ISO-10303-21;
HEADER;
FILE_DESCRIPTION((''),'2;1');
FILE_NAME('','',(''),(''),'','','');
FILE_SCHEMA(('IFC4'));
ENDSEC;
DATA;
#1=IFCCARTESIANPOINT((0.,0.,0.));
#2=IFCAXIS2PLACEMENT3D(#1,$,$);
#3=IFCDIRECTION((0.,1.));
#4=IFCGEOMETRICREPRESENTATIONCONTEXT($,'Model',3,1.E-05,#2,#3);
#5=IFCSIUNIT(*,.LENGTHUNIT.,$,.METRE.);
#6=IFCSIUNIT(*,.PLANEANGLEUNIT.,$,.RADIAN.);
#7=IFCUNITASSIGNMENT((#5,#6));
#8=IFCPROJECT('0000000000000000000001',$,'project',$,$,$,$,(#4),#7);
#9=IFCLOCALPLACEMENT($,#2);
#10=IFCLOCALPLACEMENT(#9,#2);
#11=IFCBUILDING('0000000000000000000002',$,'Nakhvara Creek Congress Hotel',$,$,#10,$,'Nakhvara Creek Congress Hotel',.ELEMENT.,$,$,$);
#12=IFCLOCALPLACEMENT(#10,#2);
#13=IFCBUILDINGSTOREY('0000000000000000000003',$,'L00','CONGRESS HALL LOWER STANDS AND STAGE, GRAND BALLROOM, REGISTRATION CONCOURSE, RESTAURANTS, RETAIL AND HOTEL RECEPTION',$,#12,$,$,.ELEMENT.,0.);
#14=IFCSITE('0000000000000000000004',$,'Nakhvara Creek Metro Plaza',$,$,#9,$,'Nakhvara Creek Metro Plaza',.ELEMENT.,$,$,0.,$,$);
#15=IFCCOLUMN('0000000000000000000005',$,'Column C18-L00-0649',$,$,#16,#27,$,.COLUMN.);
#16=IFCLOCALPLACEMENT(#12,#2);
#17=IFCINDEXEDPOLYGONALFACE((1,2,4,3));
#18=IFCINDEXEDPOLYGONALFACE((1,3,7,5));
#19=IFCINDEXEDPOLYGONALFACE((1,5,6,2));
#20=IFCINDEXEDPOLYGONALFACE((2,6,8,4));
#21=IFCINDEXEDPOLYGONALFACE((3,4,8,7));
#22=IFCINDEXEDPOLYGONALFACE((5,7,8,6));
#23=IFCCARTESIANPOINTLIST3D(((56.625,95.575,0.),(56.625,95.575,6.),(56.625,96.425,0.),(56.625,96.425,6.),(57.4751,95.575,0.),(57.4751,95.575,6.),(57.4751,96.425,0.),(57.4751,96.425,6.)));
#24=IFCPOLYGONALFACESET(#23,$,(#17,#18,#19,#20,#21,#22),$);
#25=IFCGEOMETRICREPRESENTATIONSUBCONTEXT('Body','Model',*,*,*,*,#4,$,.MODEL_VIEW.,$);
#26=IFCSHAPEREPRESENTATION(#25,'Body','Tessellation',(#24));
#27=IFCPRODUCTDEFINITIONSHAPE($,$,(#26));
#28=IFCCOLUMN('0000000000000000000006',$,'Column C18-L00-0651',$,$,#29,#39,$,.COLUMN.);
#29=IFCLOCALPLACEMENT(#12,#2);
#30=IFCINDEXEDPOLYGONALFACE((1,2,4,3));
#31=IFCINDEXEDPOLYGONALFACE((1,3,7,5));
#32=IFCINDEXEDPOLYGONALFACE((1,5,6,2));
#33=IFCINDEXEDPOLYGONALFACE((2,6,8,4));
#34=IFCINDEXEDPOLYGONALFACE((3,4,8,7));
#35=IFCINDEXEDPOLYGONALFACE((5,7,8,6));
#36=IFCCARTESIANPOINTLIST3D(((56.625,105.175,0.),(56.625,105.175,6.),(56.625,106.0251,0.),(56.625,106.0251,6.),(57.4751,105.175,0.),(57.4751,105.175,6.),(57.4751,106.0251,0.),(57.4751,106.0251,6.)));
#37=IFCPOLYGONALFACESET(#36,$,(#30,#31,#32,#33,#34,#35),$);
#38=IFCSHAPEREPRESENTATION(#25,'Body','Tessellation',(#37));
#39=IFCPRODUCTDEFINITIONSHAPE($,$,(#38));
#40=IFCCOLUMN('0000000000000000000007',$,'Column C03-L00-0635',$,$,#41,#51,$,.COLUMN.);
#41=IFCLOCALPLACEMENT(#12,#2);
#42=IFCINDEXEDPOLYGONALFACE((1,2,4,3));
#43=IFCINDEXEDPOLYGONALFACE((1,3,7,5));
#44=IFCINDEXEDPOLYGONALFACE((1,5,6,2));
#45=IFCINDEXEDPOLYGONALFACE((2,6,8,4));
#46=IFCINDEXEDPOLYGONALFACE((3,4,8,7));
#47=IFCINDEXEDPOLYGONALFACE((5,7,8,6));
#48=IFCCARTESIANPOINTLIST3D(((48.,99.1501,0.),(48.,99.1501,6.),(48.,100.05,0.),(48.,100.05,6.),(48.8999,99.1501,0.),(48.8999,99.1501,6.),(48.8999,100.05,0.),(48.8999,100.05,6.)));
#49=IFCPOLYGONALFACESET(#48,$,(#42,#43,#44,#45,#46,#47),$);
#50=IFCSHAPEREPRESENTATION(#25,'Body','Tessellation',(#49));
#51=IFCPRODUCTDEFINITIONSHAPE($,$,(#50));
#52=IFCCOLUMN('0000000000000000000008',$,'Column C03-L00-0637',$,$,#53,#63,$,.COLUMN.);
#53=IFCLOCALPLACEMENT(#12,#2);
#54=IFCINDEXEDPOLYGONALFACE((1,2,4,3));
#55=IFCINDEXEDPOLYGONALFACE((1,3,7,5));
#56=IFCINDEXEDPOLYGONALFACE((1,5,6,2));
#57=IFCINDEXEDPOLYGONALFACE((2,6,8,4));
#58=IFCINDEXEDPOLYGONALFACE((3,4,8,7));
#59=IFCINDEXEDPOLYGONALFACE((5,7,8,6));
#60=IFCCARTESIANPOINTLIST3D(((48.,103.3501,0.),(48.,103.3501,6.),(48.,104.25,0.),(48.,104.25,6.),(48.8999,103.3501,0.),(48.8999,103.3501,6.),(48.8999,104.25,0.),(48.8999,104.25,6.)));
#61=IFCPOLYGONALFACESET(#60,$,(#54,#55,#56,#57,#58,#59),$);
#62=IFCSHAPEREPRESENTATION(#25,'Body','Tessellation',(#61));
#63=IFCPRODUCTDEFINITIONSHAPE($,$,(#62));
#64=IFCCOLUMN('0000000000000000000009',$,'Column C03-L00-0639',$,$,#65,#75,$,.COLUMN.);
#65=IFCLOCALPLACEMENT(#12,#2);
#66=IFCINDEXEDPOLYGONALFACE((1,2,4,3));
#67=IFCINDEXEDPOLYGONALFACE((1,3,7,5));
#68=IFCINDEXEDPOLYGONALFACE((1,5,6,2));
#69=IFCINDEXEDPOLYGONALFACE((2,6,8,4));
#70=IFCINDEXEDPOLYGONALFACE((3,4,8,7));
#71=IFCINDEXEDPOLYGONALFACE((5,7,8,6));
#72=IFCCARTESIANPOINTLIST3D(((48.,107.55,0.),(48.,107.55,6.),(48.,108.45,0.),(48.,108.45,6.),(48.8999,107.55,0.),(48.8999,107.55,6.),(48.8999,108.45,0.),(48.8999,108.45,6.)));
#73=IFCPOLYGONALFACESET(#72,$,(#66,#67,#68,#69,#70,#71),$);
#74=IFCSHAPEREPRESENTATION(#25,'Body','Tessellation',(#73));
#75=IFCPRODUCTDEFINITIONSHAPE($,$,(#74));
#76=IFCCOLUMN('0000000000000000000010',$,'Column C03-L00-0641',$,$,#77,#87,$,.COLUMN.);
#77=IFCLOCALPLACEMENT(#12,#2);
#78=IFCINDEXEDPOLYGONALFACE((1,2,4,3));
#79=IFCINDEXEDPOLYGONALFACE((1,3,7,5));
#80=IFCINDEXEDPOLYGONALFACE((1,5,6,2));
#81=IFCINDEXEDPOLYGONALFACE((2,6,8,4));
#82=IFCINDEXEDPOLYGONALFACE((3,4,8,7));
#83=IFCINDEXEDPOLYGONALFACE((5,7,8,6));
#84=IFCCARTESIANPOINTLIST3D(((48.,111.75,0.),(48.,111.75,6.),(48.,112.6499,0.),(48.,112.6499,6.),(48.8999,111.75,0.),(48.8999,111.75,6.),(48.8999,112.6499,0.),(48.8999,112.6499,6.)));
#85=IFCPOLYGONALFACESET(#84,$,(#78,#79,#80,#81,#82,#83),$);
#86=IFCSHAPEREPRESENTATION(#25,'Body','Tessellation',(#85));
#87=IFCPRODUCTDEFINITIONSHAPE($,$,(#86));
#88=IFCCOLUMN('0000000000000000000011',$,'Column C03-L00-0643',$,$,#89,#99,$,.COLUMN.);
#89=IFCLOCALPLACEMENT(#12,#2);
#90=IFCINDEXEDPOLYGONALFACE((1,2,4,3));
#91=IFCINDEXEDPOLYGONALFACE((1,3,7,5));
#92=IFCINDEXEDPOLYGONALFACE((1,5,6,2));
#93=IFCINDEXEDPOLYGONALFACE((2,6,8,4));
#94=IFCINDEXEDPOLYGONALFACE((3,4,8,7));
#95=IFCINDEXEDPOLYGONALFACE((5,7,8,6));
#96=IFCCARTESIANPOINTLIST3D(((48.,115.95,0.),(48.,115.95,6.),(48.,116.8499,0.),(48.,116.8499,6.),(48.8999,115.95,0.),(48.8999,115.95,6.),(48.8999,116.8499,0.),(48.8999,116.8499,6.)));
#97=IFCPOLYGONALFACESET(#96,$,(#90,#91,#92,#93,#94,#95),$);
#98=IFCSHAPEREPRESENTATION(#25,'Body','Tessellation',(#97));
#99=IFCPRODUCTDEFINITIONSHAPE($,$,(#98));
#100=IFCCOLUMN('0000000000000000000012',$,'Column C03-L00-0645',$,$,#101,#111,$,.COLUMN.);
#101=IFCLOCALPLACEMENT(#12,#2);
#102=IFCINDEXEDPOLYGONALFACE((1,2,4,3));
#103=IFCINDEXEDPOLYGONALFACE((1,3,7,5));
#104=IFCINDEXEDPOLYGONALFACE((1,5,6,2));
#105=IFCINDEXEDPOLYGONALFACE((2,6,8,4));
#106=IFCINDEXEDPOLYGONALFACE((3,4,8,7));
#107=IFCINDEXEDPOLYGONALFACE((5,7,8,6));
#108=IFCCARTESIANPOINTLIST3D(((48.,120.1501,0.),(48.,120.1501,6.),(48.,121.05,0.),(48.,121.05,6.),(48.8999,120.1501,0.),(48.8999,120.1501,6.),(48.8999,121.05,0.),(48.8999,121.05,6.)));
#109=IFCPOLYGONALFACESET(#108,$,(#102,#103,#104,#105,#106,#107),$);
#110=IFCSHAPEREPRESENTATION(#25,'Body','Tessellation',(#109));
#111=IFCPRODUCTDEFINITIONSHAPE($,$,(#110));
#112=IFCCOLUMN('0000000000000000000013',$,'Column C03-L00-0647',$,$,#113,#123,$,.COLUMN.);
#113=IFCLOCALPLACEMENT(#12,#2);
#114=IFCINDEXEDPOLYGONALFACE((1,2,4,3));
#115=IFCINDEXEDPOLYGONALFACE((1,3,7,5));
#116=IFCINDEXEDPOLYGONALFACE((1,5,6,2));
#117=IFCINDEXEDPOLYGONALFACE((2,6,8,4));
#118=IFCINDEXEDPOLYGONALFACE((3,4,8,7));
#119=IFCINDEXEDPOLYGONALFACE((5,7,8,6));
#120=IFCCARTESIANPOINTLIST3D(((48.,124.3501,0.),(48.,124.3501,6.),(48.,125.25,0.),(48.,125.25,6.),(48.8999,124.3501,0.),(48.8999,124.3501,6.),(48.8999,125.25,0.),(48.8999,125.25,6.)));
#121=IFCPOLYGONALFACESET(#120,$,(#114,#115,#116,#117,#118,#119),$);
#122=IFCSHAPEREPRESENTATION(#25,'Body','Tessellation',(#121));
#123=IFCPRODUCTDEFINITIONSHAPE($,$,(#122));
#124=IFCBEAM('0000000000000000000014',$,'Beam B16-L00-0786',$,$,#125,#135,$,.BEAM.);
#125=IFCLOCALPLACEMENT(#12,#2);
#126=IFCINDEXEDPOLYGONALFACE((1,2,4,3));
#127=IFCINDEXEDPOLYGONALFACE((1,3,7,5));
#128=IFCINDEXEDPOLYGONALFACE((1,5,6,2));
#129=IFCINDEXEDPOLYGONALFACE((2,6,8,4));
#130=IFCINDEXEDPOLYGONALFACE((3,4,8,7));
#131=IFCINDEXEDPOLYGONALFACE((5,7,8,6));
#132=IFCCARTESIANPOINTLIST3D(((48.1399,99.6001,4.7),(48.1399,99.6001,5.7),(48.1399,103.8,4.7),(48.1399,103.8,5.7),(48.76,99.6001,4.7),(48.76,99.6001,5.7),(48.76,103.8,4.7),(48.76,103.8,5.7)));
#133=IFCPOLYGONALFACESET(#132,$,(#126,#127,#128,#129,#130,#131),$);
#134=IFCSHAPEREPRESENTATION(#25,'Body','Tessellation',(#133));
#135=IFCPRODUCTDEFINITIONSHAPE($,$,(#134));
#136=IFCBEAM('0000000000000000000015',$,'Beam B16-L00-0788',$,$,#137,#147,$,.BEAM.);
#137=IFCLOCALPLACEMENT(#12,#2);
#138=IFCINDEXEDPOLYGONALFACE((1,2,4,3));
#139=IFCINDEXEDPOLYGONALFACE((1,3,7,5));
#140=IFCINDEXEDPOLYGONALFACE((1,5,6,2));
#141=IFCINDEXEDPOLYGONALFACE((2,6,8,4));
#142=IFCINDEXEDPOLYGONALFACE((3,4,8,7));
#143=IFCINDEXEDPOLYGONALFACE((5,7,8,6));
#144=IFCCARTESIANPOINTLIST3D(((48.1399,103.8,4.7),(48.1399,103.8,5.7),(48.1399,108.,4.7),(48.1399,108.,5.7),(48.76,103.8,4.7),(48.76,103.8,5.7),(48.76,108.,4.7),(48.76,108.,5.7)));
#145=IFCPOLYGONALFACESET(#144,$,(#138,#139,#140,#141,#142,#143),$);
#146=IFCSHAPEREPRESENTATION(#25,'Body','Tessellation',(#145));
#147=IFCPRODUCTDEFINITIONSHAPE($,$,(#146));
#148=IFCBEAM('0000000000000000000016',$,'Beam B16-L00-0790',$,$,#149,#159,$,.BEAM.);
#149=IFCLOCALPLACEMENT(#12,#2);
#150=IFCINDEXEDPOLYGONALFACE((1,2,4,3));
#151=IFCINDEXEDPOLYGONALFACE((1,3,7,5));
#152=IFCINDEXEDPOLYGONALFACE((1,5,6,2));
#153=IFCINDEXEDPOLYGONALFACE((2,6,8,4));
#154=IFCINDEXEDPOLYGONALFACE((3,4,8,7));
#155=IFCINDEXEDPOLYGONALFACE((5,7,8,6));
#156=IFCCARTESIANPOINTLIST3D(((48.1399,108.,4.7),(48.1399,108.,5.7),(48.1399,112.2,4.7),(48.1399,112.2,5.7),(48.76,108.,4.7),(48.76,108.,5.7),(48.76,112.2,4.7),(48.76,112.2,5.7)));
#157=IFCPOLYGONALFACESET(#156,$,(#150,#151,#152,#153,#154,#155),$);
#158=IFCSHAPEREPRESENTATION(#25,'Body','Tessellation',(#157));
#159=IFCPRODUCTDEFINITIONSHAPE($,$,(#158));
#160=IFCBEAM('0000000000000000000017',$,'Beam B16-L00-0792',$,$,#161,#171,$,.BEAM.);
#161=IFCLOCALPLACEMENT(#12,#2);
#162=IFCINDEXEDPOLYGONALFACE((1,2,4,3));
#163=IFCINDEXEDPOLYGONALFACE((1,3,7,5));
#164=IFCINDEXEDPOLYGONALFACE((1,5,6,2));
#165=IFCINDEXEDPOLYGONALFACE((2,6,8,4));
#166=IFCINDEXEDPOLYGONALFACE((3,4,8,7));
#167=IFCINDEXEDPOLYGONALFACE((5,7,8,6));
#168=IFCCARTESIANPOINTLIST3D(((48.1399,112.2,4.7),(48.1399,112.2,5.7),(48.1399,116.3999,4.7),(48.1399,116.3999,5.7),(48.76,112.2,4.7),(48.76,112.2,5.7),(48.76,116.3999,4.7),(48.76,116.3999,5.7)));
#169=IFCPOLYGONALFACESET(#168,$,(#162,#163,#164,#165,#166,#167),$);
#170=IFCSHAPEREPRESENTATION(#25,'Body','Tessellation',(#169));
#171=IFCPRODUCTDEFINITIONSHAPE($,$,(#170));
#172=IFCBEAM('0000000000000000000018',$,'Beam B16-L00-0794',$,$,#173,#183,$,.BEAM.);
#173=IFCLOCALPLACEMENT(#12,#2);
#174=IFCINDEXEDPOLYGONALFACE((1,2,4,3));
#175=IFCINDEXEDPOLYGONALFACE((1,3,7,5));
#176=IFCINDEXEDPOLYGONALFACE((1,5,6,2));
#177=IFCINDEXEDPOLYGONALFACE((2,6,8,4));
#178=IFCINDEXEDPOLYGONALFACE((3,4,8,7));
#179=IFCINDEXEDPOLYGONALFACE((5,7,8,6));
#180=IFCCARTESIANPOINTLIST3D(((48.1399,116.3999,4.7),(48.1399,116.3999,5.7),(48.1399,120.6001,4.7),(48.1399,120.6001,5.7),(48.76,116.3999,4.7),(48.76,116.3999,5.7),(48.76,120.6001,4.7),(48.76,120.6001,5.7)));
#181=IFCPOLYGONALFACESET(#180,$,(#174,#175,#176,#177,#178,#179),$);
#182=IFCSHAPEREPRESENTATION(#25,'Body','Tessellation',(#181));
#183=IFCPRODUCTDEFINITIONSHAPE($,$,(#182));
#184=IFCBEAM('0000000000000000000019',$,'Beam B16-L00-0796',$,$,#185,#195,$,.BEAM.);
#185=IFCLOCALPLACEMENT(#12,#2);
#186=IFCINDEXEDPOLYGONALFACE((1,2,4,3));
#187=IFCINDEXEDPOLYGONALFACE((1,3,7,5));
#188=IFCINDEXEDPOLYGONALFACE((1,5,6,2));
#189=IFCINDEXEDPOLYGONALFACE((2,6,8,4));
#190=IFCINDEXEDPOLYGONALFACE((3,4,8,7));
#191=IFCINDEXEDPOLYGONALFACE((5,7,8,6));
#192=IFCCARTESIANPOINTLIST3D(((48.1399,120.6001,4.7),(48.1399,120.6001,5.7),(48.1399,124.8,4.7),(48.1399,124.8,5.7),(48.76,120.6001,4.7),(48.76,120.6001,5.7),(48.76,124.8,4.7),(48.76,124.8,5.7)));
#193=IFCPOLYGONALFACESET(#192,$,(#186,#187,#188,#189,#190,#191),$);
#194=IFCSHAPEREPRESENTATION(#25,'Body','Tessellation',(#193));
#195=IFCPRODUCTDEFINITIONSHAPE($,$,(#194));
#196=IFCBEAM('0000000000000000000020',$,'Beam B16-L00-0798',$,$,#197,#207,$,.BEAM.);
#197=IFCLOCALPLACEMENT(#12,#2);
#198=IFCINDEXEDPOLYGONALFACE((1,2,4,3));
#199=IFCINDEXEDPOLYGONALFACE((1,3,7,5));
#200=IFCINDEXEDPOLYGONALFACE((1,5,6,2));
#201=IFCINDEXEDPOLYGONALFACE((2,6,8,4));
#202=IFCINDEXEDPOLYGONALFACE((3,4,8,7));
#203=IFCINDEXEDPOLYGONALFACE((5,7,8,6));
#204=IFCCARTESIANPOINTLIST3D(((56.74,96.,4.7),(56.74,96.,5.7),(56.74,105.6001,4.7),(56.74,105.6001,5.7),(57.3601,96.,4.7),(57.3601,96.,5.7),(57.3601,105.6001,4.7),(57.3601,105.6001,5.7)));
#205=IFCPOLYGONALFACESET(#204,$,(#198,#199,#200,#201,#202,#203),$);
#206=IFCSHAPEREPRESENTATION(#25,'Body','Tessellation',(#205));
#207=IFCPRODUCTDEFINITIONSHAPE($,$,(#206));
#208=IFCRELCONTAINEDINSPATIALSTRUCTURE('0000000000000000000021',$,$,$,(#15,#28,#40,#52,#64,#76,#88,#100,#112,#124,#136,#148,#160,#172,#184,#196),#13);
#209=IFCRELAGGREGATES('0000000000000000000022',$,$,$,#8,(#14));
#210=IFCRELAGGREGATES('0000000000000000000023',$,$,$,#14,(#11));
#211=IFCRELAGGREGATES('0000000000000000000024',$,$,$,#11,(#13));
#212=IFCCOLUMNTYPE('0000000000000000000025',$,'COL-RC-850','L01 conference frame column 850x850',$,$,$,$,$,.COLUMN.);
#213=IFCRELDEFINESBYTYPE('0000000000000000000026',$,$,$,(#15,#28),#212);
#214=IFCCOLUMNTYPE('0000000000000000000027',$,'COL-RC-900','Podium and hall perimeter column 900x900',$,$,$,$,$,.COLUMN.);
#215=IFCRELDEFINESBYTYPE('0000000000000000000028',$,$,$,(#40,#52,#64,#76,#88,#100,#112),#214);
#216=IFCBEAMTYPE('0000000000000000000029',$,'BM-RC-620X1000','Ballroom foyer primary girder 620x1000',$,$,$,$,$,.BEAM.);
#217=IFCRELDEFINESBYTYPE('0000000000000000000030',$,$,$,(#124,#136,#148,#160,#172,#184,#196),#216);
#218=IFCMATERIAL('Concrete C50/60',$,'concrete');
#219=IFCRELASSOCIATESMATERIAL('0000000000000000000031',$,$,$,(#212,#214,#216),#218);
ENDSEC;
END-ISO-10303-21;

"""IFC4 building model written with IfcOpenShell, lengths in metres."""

from ifc_helpers import new_model, si_unit, direction, frame, origin, origin_2d, place, context, subcontext, project, spatial, rectangle, extrude, material, material_profile, profile_set, type_object, element, save


model = new_model("IFC4")

# Units and contexts
model_context = context("Model", 3, precision=1e-05, world=origin(), true_north=direction((0.0, 1.0)))
body_context = subcontext(model_context, "Body", "Model", "MODEL_VIEW")
ifc_project = project(units=[si_unit("LENGTHUNIT", "METRE"), si_unit("PLANEANGLEUNIT", "RADIAN")], contexts=[model_context])

# Site, building, storey
site_placement = place(None, origin())
site = spatial("IfcSite", under=ifc_project, at=site_placement, Name="Nakhvara Creek Metro Plaza", LongName="Nakhvara Creek Metro Plaza", CompositionType="ELEMENT", RefElevation=0.0)
building_placement = place(site_placement, origin())
building = spatial("IfcBuilding", under=site, at=building_placement, Name="Nakhvara Creek Congress Hotel", LongName="Nakhvara Creek Congress Hotel", CompositionType="ELEMENT")
storey_placement = place(building_placement, origin())
storey = spatial("IfcBuildingStorey", under=building, at=storey_placement, Name="L00", Description="CONGRESS HALL LOWER STANDS AND STAGE, GRAND BALLROOM, REGISTRATION CONCOURSE, RESTAURANTS, RETAIL AND HOTEL RECEPTION", CompositionType="ELEMENT", Elevation=0.0)

# Columns
ifc_material_1 = material(Name="Concrete C50/60", Category="concrete")
ifc_material_profile_1 = material_profile(ifc_material_1, rectangle(XDim=0.8501, YDim=0.8501, at=origin_2d()), Name="RC-COL 850x850", Category="LoadBearing")
ifc_profile_set_1 = profile_set([ifc_material_profile_1], Name="Concrete C50/60")
column_type_1 = type_object("IfcColumnType", Name="COL-RC-850", Description="L01 conference frame column 850x850", PredefinedType="COLUMN", material=ifc_profile_set_1)
for number, where, z_axis, x_axis, name in (
    (1, (57.05, 96.0, 0.0), (0.0, 0.0, 1.0), (1.0, 0.0, 0.0), "Column C18-L00-0649"),
    (2, (57.05, 105.6001, 0.0), (0.0, 0.0, 1.0), (1.0, 0.0, 0.0), "Column C18-L00-0651"),
):
    element("IfcColumn", number, at=place(storey_placement, frame(where, z_axis=z_axis, x_axis=x_axis)), inside=storey, type_object=column_type_1, Name=name, PredefinedType="COLUMN", context=body_context, shape_type="SweptSolid", body=[
        extrude(rectangle(XDim=0.8501, YDim=0.8501, at=origin_2d()), origin(), (0.0, 0.0, 1.0), 6.0),
    ])
ifc_material_profile_2 = material_profile(ifc_material_1, rectangle(XDim=0.8999, YDim=0.8999, at=origin_2d()), Name="RC-COL 900x900", Category="LoadBearing")
ifc_profile_set_2 = profile_set([ifc_material_profile_2], Name="Concrete C50/60")
column_type_2 = type_object("IfcColumnType", Name="COL-RC-900", Description="Podium and hall perimeter column 900x900", PredefinedType="COLUMN", material=ifc_profile_set_2)
for number, where, z_axis, x_axis, name in (
    (3, (48.45, 99.6001, 0.0), (0.0, 0.0, 1.0), (1.0, 0.0, 0.0), "Column C03-L00-0635"),
    (4, (48.45, 103.8, 0.0), (0.0, 0.0, 1.0), (1.0, 0.0, 0.0), "Column C03-L00-0637"),
    (5, (48.45, 108.0, 0.0), (0.0, 0.0, 1.0), (1.0, 0.0, 0.0), "Column C03-L00-0639"),
    (6, (48.45, 112.2, 0.0), (0.0, 0.0, 1.0), (1.0, 0.0, 0.0), "Column C03-L00-0641"),
    (7, (48.45, 116.3999, 0.0), (0.0, 0.0, 1.0), (1.0, 0.0, 0.0), "Column C03-L00-0643"),
    (8, (48.45, 120.6001, 0.0), (0.0, 0.0, 1.0), (1.0, 0.0, 0.0), "Column C03-L00-0645"),
    (9, (48.45, 124.8, 0.0), (0.0, 0.0, 1.0), (1.0, 0.0, 0.0), "Column C03-L00-0647"),
):
    element("IfcColumn", number, at=place(storey_placement, frame(where, z_axis=z_axis, x_axis=x_axis)), inside=storey, type_object=column_type_2, Name=name, PredefinedType="COLUMN", context=body_context, shape_type="SweptSolid", body=[
        extrude(rectangle(XDim=0.8999, YDim=0.8999, at=origin_2d()), origin(), (0.0, 0.0, 1.0), 6.0),
    ])

# Beams
ifc_material_profile_3 = material_profile(ifc_material_1, rectangle(XDim=0.6201, YDim=1.0, at=origin_2d()), Name="RC-BM 620x1000", Category="LoadBearing")
ifc_profile_set_3 = profile_set([ifc_material_profile_3], Name="Concrete C50/60")
beam_type = type_object("IfcBeamType", Name="BM-RC-620X1000", Description="Ballroom foyer primary girder 620x1000", PredefinedType="BEAM", material=ifc_profile_set_3)
for number, where, z_axis, x_axis, name in (
    (10, (48.45, 99.6001, 5.2), (0.0, 1.0, 0.0), (-1.0, 0.0, 0.0), "Beam B16-L00-0786"),
    (11, (48.45, 103.8, 5.2), (0.0, 1.0, 0.0), (-1.0, 0.0, 0.0), "Beam B16-L00-0788"),
    (12, (48.45, 108.0, 5.2), (0.0, 1.0, 0.0), (-1.0, 0.0, 0.0), "Beam B16-L00-0790"),
    (13, (48.45, 112.2, 5.2), (0.0, 1.0, 0.0), (-1.0, 0.0, 0.0), "Beam B16-L00-0792"),
):
    element("IfcBeam", number, at=place(storey_placement, frame(where, z_axis=z_axis, x_axis=x_axis)), inside=storey, type_object=beam_type, Name=name, PredefinedType="BEAM", context=body_context, shape_type="SweptSolid", body=[
        extrude(rectangle(XDim=0.6201, YDim=1.0, at=origin_2d()), origin(), (0.0, 0.0, 1.0), 4.2),
    ])
beam_1_placement = place(storey_placement, frame((48.45, 116.3999, 5.2), z_axis=(0.0, 1.0, 0.0), x_axis=(-1.0, 0.0, 0.0)))
element("IfcBeam", 14, at=beam_1_placement, inside=storey, type_object=beam_type, Name="Beam B16-L00-0794", PredefinedType="BEAM", context=body_context, shape_type="SweptSolid", body=[
    extrude(rectangle(XDim=0.6201, YDim=1.0, at=origin_2d()), origin(), (0.0, 0.0, 1.0), 4.2002),
])
beam_2_placement = place(storey_placement, frame((48.45, 120.6001, 5.2), z_axis=(0.0, 1.0, 0.0), x_axis=(-1.0, 0.0, 0.0)))
element("IfcBeam", 15, at=beam_2_placement, inside=storey, type_object=beam_type, Name="Beam B16-L00-0796", PredefinedType="BEAM", context=body_context, shape_type="SweptSolid", body=[
    extrude(rectangle(XDim=0.6201, YDim=1.0, at=origin_2d()), origin(), (0.0, 0.0, 1.0), 4.2),
])
beam_3_placement = place(storey_placement, frame((57.05, 96.0, 5.2), z_axis=(0.0, 1.0, 0.0), x_axis=(-1.0, 0.0, 0.0)))
element("IfcBeam", 16, at=beam_3_placement, inside=storey, type_object=beam_type, Name="Beam B16-L00-0798", PredefinedType="BEAM", context=body_context, shape_type="SweptSolid", body=[
    extrude(rectangle(XDim=0.6201, YDim=1.0, at=origin_2d()), origin(), (0.0, 0.0, 1.0), 9.6001),
])

save(model, "model.ifc")
